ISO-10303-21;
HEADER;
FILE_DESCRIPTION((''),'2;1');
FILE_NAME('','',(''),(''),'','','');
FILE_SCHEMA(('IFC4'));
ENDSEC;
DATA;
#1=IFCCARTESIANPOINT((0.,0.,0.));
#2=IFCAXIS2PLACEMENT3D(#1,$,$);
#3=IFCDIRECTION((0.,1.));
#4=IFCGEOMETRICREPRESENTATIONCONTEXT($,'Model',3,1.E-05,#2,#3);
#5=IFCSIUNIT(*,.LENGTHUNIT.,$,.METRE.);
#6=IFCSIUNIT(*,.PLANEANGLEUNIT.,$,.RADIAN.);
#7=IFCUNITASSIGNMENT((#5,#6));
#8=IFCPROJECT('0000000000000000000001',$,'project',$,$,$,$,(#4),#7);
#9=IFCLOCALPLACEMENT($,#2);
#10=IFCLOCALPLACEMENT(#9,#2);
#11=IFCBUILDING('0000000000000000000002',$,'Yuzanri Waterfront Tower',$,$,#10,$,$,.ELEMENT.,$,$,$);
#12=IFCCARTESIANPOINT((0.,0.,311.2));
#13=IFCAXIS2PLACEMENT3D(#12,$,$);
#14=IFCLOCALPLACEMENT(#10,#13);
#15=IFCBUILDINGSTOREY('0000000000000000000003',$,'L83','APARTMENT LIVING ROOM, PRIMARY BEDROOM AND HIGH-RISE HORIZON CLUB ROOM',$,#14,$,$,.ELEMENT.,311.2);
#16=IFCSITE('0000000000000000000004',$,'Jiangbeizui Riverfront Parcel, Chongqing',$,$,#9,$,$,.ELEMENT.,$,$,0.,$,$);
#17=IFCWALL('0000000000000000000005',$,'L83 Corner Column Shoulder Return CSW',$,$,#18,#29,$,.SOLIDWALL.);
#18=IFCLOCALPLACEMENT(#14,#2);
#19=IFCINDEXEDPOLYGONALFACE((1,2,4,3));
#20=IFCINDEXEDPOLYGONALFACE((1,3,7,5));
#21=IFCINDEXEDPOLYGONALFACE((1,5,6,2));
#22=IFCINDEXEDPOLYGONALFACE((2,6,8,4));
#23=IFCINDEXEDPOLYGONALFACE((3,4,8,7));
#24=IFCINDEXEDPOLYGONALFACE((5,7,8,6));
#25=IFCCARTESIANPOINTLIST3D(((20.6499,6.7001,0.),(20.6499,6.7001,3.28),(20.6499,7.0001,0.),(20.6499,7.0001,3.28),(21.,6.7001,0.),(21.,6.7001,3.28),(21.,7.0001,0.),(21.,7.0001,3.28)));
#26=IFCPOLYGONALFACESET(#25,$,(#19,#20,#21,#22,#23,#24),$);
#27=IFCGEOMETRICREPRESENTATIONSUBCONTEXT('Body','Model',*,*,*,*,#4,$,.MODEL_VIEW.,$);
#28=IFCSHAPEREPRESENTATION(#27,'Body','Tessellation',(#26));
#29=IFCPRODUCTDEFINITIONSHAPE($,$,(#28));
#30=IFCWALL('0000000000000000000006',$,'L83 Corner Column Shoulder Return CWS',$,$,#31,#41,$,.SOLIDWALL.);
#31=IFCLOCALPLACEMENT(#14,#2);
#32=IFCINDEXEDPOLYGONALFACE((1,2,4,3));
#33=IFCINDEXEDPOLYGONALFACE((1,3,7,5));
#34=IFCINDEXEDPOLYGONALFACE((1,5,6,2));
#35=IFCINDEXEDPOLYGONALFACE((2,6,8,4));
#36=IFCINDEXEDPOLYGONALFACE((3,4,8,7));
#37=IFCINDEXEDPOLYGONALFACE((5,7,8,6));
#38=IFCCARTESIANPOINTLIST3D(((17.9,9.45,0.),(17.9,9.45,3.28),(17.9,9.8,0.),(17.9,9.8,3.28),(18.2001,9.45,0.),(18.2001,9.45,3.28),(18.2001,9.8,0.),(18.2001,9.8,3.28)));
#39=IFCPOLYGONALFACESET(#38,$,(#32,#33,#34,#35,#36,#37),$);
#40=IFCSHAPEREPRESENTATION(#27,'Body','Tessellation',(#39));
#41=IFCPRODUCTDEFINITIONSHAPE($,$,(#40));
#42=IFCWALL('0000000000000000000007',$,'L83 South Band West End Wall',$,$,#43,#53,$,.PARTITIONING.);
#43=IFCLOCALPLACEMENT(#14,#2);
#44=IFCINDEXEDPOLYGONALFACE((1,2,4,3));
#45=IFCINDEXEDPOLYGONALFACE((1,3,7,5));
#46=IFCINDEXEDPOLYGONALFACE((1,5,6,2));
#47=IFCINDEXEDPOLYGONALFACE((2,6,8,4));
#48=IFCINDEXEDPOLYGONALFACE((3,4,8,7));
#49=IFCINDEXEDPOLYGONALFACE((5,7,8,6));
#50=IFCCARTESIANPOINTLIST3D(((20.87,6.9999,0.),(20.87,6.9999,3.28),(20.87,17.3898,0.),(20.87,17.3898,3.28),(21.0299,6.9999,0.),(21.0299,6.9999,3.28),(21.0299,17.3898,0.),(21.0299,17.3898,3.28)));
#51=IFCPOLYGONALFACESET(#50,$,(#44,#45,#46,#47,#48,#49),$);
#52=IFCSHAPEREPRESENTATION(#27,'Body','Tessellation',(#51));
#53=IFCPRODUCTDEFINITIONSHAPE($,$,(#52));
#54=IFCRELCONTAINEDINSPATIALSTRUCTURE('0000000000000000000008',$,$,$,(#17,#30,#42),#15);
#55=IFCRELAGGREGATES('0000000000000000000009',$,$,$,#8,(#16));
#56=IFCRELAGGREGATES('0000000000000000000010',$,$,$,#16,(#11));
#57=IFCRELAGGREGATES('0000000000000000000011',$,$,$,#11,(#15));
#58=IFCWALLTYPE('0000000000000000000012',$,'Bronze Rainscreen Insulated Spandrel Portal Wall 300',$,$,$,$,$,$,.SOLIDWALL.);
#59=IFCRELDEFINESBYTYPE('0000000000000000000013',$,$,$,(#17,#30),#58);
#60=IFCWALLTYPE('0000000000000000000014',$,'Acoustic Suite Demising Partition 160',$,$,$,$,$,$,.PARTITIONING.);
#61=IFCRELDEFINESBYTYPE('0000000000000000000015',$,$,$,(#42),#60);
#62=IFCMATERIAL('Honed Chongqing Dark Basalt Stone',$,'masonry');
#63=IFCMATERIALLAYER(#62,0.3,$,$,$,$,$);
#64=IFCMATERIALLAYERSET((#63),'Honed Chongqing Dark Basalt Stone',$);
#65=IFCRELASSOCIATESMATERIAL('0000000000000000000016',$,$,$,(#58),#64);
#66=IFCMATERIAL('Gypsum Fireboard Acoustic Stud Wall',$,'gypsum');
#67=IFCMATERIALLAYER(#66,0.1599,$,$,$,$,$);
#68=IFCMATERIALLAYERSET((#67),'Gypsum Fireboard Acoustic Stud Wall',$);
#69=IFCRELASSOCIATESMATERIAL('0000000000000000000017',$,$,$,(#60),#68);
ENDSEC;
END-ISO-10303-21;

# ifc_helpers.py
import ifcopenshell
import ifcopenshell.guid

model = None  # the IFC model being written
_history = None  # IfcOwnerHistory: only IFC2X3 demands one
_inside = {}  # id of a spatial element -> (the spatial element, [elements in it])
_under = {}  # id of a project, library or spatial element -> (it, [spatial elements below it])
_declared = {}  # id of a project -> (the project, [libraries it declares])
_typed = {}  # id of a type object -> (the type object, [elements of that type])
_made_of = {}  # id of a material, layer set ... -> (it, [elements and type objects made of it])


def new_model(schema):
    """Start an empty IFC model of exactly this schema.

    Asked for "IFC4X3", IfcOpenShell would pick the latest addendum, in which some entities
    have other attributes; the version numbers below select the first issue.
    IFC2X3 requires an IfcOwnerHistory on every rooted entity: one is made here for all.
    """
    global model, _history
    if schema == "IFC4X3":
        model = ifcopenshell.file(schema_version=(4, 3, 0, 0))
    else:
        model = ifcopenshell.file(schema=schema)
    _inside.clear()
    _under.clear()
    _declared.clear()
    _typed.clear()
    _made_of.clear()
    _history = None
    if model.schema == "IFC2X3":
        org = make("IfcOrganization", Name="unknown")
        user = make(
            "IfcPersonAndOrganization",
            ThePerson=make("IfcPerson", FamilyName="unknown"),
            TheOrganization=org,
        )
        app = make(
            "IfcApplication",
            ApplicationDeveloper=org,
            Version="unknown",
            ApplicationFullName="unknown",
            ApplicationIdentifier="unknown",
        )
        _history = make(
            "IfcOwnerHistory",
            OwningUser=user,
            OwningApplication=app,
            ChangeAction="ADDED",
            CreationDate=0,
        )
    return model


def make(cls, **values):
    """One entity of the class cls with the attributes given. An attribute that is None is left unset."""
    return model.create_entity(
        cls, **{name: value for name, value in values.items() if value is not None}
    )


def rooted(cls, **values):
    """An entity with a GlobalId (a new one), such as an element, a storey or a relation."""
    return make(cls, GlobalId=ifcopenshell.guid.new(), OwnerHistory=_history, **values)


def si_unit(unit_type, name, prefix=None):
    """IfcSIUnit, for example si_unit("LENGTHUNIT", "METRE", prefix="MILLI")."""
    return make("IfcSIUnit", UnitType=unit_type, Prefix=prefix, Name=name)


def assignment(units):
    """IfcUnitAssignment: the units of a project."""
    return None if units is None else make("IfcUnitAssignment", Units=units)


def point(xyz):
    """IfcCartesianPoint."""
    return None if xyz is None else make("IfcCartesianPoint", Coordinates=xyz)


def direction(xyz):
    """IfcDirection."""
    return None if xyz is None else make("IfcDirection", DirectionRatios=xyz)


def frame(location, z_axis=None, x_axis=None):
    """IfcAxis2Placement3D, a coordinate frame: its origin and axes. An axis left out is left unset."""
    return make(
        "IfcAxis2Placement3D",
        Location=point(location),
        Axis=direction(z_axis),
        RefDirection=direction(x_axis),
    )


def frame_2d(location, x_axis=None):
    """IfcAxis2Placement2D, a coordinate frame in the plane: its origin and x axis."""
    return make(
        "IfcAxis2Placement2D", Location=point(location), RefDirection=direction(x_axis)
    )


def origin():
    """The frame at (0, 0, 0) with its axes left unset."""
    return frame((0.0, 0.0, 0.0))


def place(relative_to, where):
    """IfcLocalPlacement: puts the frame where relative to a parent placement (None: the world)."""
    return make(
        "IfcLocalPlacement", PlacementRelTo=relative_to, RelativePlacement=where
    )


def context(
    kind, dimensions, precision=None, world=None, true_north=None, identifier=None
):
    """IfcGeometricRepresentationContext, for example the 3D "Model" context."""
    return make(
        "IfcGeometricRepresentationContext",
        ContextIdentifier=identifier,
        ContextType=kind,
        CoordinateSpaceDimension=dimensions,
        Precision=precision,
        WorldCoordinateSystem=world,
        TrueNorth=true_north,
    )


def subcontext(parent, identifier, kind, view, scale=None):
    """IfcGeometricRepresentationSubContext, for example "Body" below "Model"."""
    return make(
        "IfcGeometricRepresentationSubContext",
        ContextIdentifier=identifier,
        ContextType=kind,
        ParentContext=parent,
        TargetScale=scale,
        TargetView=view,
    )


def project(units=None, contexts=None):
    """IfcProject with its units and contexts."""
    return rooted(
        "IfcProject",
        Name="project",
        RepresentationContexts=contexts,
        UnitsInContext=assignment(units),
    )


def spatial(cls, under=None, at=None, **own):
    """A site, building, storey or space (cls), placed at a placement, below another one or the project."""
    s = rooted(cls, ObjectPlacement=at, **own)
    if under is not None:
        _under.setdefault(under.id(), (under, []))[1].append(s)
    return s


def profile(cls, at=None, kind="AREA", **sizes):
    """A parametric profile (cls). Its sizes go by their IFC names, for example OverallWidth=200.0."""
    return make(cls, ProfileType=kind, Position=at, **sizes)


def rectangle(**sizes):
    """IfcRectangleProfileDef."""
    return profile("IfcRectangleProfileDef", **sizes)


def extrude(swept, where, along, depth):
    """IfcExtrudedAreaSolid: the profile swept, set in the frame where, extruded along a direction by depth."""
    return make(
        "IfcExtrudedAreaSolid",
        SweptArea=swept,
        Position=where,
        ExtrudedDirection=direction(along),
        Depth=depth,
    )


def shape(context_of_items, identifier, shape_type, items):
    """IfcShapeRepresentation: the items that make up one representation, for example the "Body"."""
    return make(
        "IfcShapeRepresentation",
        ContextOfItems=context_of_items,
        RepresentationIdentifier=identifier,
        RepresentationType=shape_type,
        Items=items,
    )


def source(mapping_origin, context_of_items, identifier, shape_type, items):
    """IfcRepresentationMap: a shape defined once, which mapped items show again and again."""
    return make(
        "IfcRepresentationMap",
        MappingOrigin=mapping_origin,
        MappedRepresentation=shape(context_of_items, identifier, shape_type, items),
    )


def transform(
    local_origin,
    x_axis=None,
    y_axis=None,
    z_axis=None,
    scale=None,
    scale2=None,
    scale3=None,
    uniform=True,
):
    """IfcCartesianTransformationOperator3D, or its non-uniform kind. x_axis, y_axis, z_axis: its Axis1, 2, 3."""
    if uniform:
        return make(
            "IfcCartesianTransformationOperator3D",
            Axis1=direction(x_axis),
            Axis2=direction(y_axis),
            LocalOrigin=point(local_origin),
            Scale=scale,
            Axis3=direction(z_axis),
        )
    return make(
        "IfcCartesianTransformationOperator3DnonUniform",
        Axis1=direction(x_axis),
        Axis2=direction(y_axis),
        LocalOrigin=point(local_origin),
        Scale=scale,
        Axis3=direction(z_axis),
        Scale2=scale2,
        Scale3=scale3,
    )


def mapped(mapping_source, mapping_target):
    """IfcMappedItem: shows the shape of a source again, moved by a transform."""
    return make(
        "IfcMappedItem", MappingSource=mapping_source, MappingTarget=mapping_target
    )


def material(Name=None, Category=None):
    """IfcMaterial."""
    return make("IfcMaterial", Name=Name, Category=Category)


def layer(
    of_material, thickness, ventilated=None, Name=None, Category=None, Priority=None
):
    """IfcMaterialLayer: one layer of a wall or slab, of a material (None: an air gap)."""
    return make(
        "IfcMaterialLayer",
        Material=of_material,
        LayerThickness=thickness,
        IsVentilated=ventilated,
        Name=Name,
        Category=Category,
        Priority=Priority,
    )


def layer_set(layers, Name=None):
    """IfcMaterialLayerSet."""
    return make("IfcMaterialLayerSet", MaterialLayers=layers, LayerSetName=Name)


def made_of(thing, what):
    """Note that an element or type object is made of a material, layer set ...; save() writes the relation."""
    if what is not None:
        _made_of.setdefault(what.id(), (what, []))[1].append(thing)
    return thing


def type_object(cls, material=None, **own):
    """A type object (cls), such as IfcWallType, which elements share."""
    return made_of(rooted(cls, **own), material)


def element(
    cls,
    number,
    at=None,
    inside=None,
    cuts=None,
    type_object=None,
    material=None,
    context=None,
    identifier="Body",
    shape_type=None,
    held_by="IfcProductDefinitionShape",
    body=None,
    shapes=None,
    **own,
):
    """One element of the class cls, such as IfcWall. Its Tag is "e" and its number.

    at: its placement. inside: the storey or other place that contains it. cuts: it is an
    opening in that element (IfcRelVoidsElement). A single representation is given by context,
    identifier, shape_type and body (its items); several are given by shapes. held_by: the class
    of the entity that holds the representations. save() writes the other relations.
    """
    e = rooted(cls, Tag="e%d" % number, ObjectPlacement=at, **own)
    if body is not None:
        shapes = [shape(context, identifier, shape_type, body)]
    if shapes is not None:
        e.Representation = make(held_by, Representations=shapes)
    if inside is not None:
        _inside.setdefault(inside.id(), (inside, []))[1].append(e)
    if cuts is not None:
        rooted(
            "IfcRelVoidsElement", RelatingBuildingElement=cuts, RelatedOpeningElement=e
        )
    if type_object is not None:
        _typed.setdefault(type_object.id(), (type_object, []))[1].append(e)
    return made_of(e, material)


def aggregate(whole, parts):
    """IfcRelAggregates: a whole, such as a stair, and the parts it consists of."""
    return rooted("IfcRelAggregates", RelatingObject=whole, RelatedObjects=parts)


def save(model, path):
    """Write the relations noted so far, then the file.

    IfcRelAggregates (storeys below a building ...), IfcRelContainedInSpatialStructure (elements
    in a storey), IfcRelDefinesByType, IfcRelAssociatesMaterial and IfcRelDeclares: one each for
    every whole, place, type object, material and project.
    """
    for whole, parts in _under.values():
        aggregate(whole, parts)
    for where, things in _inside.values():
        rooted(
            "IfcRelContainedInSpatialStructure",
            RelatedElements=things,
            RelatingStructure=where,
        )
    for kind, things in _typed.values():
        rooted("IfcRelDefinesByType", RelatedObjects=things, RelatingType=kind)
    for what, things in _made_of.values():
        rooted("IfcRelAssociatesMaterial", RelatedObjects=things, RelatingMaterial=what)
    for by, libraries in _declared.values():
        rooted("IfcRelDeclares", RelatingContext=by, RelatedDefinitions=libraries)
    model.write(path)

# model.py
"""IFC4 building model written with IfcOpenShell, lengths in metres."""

from ifc_helpers import new_model, si_unit, direction, frame, frame_2d, origin, place, context, subcontext, project, spatial, rectangle, extrude, source, transform, mapped, material, layer, layer_set, type_object, element, save


model = new_model("IFC4")

# Units and contexts
model_context = context("Model", 3, precision=1e-05, world=origin(), true_north=direction((0.0, 1.0)))
body_context = subcontext(model_context, "Body", "Model", "MODEL_VIEW")
ifc_project = project(units=[si_unit("LENGTHUNIT", "METRE"), si_unit("PLANEANGLEUNIT", "RADIAN")], contexts=[model_context])

# Site, building, storey
site_placement = place(None, origin())
site = spatial("IfcSite", under=ifc_project, at=site_placement, Name="Jiangbeizui Riverfront Parcel, Chongqing", CompositionType="ELEMENT", RefElevation=0.0)
building_placement = place(site_placement, origin())
building = spatial("IfcBuilding", under=site, at=building_placement, Name="Yuzanri Waterfront Tower", CompositionType="ELEMENT")
storey_placement = place(building_placement, frame((0.0, 0.0, 311.2)))
storey = spatial("IfcBuildingStorey", under=building, at=storey_placement, Name="L83", Description="APARTMENT LIVING ROOM, PRIMARY BEDROOM AND HIGH-RISE HORIZON CLUB ROOM", CompositionType="ELEMENT", Elevation=311.2)

# Shared definitions
ifc_material_1 = material(Name="Honed Chongqing Dark Basalt Stone", Category="masonry")
ifc_layer_1 = layer(ifc_material_1, 0.3)
ifc_layer_set_1 = layer_set([ifc_layer_1], Name="Honed Chongqing Dark Basalt Stone")
wall_type_1 = type_object("IfcWallType", Name="Bronze Rainscreen Insulated Spandrel Portal Wall 300", PredefinedType="SOLIDWALL", material=ifc_layer_set_1)

# Walls
shared_shape_1 = source(origin(), body_context, "Body", "SweptSolid", [
    extrude(rectangle(XDim=0.3501, YDim=0.3, at=frame_2d((0.175, 0.0))), origin(), (0.0, 0.0, 1.0), 3.28),
])
for number, where, z_axis, x_axis, name in (
    (1, (20.6499, 6.8501, 0.0), (0.0, 0.0, 1.0), (1.0, 0.0, 0.0), "L83 Corner Column Shoulder Return CSW"),
    (2, (18.05, 9.45, 0.0), (0.0, 0.0, 1.0), (0.0, 1.0, 0.0), "L83 Corner Column Shoulder Return CWS"),
):
    element("IfcWall", number, at=place(storey_placement, frame(where, z_axis=z_axis, x_axis=x_axis)), inside=storey, type_object=wall_type_1, Name=name, PredefinedType="SOLIDWALL", context=body_context, shape_type="MappedRepresentation", body=[
        mapped(shared_shape_1, transform((0.0, 0.0, 0.0), scale=1.0)),
    ])
ifc_material_2 = material(Name="Gypsum Fireboard Acoustic Stud Wall", Category="gypsum")
ifc_layer_2 = layer(ifc_material_2, 0.1599)
ifc_layer_set_2 = layer_set([ifc_layer_2], Name="Gypsum Fireboard Acoustic Stud Wall")
wall_type_2 = type_object("IfcWallType", Name="Acoustic Suite Demising Partition 160", PredefinedType="PARTITIONING", material=ifc_layer_set_2)
shared_shape_2 = source(origin(), body_context, "Body", "SweptSolid", [
    extrude(rectangle(XDim=10.3899, YDim=0.1599, at=frame_2d((5.1948, 0.0))), origin(), (0.0, 0.0, 1.0), 3.28),
])
wall_1_placement = place(storey_placement, frame((20.95, 7.0, 0.0), z_axis=(0.0, 0.0, 1.0), x_axis=(0.0, 1.0, 0.0)))
element("IfcWall", 3, at=wall_1_placement, inside=storey, type_object=wall_type_2, Name="L83 South Band West End Wall", PredefinedType="PARTITIONING", context=body_context, shape_type="MappedRepresentation", body=[
    mapped(shared_shape_2, transform((0.0, 0.0, 0.0), scale=1.0)),
])

save(model, "model.ifc")
